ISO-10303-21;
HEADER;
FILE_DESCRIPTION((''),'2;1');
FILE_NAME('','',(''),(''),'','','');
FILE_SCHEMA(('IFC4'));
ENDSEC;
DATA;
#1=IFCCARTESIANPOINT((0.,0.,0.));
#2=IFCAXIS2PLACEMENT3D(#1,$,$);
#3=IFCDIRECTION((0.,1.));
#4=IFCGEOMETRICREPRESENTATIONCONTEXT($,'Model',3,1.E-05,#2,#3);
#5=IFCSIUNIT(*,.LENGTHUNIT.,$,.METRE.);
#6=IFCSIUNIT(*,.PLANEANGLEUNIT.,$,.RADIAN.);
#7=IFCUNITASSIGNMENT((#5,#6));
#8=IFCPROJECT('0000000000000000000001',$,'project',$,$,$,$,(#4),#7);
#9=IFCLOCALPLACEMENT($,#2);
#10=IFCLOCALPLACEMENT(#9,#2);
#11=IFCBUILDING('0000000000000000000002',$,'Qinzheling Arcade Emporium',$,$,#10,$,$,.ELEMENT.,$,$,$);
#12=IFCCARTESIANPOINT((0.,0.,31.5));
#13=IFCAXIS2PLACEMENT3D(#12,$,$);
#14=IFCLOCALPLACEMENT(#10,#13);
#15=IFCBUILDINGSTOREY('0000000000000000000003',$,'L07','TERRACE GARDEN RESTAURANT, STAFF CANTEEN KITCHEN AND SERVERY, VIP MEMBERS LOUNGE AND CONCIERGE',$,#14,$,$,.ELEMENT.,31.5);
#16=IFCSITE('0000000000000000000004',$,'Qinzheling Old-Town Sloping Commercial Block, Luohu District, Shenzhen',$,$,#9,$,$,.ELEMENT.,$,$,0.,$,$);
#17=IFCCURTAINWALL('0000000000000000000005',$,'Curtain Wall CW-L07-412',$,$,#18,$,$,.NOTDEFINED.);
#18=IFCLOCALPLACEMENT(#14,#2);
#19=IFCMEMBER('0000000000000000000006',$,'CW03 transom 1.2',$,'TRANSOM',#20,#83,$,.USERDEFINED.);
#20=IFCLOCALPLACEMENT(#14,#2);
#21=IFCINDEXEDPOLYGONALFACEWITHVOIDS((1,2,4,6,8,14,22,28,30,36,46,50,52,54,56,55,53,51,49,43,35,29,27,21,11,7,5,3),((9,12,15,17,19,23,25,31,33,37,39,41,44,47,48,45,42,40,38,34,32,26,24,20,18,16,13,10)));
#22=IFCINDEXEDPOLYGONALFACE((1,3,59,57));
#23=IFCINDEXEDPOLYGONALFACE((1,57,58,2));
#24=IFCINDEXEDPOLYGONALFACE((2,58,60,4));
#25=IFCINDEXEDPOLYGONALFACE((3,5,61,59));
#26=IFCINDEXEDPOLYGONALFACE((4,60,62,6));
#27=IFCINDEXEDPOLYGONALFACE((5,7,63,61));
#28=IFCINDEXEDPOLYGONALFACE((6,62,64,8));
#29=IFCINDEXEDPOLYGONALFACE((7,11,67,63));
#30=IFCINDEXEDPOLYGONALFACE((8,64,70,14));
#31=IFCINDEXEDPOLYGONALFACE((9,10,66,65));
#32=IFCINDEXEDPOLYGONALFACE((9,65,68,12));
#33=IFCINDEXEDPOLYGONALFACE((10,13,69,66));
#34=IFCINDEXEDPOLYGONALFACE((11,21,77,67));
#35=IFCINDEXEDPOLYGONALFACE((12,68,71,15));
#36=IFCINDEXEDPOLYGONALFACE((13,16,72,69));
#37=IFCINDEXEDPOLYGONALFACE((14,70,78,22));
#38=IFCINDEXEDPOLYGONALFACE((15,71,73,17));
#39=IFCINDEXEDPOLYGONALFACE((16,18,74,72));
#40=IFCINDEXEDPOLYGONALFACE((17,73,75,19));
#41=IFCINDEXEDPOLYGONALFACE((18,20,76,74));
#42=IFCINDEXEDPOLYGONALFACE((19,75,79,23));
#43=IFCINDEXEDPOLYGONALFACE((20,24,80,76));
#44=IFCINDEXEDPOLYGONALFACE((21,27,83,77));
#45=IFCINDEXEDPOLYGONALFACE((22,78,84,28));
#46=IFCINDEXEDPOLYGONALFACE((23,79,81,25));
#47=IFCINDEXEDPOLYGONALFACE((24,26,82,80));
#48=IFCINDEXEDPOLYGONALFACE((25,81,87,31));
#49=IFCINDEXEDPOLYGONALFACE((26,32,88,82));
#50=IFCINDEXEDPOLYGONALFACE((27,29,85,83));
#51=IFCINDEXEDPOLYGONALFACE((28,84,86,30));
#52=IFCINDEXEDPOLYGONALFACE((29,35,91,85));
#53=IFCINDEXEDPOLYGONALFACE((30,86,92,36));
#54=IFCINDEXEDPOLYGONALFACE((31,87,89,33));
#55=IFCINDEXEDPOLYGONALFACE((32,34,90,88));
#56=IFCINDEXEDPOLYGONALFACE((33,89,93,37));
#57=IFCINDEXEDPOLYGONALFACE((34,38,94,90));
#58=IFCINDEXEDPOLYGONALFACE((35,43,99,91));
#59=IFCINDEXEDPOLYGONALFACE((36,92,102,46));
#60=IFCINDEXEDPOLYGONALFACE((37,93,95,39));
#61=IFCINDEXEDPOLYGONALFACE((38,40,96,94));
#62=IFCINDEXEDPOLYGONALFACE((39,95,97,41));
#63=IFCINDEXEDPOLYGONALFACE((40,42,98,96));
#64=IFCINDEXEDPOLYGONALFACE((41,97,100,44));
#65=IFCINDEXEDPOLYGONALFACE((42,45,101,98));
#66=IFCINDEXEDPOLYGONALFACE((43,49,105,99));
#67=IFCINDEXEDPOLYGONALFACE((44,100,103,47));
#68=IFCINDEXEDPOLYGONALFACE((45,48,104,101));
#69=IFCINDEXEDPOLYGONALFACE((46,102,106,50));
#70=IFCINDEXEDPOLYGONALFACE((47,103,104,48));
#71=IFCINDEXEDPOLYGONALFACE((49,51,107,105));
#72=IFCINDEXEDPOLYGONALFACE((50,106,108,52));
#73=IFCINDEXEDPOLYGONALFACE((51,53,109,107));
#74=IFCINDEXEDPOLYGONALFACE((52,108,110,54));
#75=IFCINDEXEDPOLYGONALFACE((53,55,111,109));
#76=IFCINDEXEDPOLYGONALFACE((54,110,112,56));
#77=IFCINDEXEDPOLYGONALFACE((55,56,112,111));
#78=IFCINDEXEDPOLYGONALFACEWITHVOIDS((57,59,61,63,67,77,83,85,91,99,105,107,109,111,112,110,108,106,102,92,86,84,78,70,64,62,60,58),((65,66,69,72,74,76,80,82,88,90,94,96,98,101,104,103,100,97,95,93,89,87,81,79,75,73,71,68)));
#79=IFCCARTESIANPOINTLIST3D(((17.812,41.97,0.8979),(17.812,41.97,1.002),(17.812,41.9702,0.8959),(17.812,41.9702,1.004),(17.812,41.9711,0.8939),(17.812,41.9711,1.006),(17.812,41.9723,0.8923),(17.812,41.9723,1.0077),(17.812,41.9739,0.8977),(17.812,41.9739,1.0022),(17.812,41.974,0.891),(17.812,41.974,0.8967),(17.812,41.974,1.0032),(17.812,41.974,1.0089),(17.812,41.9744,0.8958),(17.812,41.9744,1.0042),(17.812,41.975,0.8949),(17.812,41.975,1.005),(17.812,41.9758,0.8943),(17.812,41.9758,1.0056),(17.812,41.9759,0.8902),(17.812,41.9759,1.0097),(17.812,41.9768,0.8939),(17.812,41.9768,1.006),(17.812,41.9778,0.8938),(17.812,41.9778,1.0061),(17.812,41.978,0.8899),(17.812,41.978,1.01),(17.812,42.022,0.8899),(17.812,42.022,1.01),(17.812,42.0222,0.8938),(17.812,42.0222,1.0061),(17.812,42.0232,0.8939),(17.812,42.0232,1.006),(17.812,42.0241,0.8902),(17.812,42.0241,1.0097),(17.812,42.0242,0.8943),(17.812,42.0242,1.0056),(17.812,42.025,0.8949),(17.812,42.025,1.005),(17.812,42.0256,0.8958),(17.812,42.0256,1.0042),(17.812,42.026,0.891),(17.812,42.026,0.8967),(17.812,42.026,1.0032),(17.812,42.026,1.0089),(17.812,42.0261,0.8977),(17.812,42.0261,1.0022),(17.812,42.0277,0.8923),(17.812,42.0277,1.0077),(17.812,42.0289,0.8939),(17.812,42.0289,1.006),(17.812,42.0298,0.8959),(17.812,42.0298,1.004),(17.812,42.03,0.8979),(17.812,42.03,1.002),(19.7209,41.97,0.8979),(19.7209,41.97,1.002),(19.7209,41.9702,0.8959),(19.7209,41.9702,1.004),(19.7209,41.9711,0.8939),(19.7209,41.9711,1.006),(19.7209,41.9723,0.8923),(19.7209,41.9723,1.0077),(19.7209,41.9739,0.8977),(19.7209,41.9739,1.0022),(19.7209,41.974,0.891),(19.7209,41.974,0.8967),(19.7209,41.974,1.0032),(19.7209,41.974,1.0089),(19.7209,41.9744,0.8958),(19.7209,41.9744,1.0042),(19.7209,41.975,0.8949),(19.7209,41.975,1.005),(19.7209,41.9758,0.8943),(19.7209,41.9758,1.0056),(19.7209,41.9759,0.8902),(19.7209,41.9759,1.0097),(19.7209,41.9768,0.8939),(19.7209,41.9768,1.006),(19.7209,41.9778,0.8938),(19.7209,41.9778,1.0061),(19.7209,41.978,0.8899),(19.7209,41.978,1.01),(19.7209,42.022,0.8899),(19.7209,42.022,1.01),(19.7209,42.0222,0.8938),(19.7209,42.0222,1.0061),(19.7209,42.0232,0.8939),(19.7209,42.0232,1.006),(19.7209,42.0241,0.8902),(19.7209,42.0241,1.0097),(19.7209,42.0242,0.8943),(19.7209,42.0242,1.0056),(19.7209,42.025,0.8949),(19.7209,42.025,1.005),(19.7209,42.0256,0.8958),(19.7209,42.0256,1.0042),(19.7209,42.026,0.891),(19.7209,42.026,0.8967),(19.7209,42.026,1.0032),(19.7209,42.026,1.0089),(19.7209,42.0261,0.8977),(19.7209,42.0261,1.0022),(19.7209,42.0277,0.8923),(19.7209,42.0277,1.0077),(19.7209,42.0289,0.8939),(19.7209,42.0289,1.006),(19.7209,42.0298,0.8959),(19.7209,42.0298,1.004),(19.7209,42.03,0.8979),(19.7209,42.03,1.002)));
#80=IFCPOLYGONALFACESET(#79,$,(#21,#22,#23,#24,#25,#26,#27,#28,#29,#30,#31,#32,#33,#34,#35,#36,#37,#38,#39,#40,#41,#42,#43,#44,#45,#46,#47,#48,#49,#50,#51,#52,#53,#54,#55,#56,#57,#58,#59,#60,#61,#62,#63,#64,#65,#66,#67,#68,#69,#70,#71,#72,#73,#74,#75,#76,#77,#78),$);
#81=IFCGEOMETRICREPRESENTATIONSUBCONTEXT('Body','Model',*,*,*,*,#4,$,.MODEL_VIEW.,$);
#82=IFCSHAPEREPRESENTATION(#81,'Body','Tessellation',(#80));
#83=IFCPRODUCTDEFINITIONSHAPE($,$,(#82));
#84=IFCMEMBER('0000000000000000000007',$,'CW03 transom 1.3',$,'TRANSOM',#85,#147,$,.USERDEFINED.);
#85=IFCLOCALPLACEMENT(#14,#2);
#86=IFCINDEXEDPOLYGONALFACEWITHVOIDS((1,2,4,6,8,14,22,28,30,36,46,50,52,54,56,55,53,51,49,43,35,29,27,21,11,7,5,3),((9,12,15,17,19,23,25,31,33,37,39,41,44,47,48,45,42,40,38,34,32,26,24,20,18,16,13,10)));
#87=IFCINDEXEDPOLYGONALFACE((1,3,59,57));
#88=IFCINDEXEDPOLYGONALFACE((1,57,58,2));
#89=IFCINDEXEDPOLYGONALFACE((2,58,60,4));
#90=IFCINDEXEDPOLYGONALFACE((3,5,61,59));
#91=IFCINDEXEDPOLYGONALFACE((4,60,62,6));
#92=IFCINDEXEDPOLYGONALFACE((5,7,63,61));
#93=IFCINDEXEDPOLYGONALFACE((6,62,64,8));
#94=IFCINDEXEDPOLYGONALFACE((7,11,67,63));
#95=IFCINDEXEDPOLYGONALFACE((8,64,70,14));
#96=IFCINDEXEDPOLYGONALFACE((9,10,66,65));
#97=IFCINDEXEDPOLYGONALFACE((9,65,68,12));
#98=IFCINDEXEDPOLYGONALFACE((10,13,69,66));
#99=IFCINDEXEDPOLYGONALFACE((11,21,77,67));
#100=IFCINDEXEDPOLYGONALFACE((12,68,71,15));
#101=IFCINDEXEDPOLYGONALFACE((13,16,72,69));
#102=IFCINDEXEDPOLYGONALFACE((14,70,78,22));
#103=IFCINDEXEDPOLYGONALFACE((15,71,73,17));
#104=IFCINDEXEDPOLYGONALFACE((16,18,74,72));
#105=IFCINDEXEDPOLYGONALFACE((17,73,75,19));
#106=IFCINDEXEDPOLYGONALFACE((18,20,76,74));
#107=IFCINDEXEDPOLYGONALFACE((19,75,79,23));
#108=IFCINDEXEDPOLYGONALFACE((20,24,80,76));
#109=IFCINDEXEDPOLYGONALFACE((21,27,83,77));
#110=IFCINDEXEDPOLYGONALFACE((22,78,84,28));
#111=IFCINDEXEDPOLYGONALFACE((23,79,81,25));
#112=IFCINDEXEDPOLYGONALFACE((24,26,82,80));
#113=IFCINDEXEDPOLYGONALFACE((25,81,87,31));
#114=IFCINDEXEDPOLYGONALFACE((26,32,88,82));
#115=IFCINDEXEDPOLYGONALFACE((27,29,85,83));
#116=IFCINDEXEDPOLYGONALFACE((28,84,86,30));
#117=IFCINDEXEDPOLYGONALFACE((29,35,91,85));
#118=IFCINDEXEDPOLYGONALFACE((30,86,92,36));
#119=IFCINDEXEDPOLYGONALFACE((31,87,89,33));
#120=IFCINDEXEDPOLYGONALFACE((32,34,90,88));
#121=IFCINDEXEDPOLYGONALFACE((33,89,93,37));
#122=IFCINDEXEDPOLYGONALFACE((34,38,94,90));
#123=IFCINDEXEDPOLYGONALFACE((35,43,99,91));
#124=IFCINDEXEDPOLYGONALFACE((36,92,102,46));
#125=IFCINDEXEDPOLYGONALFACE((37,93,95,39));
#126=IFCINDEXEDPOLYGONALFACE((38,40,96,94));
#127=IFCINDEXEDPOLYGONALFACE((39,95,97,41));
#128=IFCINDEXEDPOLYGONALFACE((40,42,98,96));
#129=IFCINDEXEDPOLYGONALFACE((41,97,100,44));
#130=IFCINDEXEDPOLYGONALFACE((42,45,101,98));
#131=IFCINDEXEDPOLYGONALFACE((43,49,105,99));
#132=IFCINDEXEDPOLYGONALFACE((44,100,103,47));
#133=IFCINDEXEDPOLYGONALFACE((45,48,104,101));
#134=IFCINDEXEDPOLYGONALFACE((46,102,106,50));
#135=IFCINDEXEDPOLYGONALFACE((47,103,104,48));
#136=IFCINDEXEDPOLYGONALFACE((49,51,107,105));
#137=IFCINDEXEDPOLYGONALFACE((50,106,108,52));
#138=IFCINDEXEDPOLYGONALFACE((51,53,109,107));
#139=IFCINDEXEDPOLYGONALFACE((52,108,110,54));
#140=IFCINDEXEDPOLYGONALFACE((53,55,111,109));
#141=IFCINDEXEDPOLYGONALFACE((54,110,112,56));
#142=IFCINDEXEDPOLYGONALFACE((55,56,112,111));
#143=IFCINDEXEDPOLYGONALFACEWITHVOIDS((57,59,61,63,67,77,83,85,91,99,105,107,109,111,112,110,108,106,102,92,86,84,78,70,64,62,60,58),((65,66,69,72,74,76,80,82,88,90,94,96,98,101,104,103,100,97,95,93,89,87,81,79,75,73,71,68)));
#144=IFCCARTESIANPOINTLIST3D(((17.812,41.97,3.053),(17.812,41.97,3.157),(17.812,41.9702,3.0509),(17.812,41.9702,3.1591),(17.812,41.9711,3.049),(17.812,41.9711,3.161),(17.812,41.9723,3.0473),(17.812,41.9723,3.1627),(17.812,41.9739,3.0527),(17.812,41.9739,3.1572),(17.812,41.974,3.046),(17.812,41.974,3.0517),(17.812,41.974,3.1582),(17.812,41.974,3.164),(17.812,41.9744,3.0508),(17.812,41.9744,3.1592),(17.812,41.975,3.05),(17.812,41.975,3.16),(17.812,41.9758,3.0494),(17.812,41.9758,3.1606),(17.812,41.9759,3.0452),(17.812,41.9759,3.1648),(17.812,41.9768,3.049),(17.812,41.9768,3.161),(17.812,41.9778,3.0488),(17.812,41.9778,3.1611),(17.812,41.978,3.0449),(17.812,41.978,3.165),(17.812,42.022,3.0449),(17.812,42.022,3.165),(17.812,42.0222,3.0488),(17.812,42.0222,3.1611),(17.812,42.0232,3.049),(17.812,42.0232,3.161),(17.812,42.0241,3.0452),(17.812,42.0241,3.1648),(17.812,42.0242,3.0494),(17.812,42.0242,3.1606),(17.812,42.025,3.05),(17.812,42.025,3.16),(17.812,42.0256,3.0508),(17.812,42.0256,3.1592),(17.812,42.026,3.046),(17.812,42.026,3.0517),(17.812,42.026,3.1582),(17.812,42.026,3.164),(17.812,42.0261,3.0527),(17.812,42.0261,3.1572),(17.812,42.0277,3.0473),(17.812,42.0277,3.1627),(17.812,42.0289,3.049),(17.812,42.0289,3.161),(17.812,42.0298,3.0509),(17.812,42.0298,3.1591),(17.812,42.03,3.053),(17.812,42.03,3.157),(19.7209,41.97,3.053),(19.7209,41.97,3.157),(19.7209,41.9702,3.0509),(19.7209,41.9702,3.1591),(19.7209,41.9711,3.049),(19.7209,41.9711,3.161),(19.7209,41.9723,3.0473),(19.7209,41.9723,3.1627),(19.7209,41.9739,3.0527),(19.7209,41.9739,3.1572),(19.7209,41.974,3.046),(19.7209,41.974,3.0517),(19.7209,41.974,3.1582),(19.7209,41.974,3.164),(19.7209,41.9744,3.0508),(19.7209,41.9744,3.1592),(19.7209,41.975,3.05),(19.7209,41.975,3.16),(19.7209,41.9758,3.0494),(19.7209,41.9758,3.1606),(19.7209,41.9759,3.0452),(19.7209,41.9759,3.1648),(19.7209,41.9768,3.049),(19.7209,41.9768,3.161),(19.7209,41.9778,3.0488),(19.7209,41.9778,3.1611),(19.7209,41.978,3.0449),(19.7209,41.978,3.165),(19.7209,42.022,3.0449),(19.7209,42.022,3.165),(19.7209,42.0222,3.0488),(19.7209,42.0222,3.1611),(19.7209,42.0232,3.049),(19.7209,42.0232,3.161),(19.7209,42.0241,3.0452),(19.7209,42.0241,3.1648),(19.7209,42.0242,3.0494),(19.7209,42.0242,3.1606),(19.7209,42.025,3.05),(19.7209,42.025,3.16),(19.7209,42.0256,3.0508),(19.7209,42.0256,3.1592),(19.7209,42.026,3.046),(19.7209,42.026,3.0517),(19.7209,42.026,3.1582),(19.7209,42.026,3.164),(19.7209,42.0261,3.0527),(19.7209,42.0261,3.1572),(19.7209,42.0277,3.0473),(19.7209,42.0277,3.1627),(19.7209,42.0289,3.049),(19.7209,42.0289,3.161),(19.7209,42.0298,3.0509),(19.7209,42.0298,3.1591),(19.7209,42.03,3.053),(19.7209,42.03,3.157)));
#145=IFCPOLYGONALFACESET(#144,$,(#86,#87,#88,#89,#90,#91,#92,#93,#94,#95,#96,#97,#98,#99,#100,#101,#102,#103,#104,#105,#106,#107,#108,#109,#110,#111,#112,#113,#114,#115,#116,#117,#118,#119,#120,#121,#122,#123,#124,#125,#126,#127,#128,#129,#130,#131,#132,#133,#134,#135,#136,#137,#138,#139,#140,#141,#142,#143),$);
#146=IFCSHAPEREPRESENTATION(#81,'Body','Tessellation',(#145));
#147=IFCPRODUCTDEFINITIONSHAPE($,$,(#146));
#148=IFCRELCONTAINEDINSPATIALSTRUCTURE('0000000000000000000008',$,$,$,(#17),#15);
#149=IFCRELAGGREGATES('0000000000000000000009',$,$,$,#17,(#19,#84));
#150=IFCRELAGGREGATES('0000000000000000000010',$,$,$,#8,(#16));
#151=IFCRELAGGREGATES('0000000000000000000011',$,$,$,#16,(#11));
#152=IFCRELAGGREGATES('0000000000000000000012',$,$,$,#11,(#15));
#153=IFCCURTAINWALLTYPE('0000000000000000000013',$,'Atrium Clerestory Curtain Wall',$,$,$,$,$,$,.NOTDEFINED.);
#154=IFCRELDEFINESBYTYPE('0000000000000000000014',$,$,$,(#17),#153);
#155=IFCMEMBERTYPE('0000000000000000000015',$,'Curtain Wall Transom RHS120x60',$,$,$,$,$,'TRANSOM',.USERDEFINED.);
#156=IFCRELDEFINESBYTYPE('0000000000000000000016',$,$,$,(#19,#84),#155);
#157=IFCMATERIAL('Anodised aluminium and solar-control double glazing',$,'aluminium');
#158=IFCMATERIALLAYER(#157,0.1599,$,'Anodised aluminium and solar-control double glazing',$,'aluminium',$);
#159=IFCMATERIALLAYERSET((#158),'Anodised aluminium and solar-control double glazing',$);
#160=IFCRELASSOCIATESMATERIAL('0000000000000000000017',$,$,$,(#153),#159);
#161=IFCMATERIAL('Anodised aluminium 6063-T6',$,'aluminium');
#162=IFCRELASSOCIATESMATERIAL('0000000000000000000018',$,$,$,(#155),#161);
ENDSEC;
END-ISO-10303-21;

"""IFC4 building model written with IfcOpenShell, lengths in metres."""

from ifc_helpers import new_model, si_unit, direction, frame, origin, origin_2d, place, context, subcontext, project, spatial, hollow_rectangle, extrude, material, layer, layer_set, material_profile, profile_set, type_object, element, aggregate, save


model = new_model("IFC4")

# Units and contexts
model_context = context("Model", 3, precision=1e-05, world=origin(), true_north=direction((0.0, 1.0)))
body_context = subcontext(model_context, "Body", "Model", "MODEL_VIEW")
ifc_project = project(units=[si_unit("LENGTHUNIT", "METRE"), si_unit("PLANEANGLEUNIT", "RADIAN")], contexts=[model_context])

# Site, building, storey
site_placement = place(None, origin())
site = spatial("IfcSite", under=ifc_project, at=site_placement, Name="Qinzheling Old-Town Sloping Commercial Block, Luohu District, Shenzhen", CompositionType="ELEMENT", RefElevation=0.0)
building_placement = place(site_placement, origin())
building = spatial("IfcBuilding", under=site, at=building_placement, Name="Qinzheling Arcade Emporium", CompositionType="ELEMENT")
storey_placement = place(building_placement, frame((0.0, 0.0, 31.5)))
storey = spatial("IfcBuildingStorey", under=building, at=storey_placement, Name="L07", Description="TERRACE GARDEN RESTAURANT, STAFF CANTEEN KITCHEN AND SERVERY, VIP MEMBERS LOUNGE AND CONCIERGE", CompositionType="ELEMENT", Elevation=31.5)

# Shared definitions
ifc_material_1 = material(Name="Anodised aluminium and solar-control double glazing", Category="aluminium")
ifc_layer_1 = layer(ifc_material_1, 0.1599, Name="Anodised aluminium and solar-control double glazing", Category="aluminium")
ifc_layer_set_1 = layer_set([ifc_layer_1], Name="Anodised aluminium and solar-control double glazing")
curtain_wall_type = type_object("IfcCurtainWallType", Name="Atrium Clerestory Curtain Wall", PredefinedType="NOTDEFINED", material=ifc_layer_set_1)
ifc_material_2 = material(Name="Anodised aluminium 6063-T6", Category="aluminium")

# Curtain wall
curtain_wall_1_placement = place(storey_placement, origin())
curtain_wall_1 = element("IfcCurtainWall", 1, at=curtain_wall_1_placement, inside=storey, type_object=curtain_wall_type, Name="Curtain Wall CW-L07-412", PredefinedType="NOTDEFINED")

# Members
ifc_material_profile_1 = material_profile(ifc_material_2, hollow_rectangle(XDim=0.0601, YDim=0.1201, WallThickness=0.0039, InnerFilletRadius=0.0039, OuterFilletRadius=0.0081, at=origin_2d()), Name="RHS 120x60x4", Category="aluminium")
ifc_profile_set_1 = profile_set([ifc_material_profile_1], Name="Anodised aluminium 6063-T6")
member_type_1 = type_object("IfcMemberType", Name="Curtain Wall Transom RHS120x60", ElementType="TRANSOM", PredefinedType="USERDEFINED", material=ifc_profile_set_1)
member_1_placement = place(storey_placement, frame((17.812, 42.0, 0.95), z_axis=(1.0, 0.0, 0.0), x_axis=(0.0, 1.0, 0.0)))
member_1 = element("IfcMember", 2, at=member_1_placement, type_object=member_type_1, Name="CW03 transom 1.2", ObjectType="TRANSOM", PredefinedType="USERDEFINED", context=body_context, shape_type="SweptSolid", body=[
    extrude(hollow_rectangle(XDim=0.0601, YDim=0.1201, WallThickness=0.0039, InnerFilletRadius=0.0039, OuterFilletRadius=0.0081, at=origin_2d()), origin(), (0.0, 0.0, 1.0), 1.9089),
])
member_2_placement = place(storey_placement, frame((17.812, 42.0, 3.105), z_axis=(1.0, 0.0, 0.0), x_axis=(0.0, 1.0, 0.0)))
member_2 = element("IfcMember", 3, at=member_2_placement, type_object=member_type_1, Name="CW03 transom 1.3", ObjectType="TRANSOM", PredefinedType="USERDEFINED", context=body_context, shape_type="SweptSolid", body=[
    extrude(hollow_rectangle(XDim=0.0601, YDim=0.1201, WallThickness=0.0039, InnerFilletRadius=0.0039, OuterFilletRadius=0.0081, at=origin_2d()), origin(), (0.0, 0.0, 1.0), 1.9089),
])
aggregate(curtain_wall_1, [member_1, member_2])

save(model, "model.ifc")
